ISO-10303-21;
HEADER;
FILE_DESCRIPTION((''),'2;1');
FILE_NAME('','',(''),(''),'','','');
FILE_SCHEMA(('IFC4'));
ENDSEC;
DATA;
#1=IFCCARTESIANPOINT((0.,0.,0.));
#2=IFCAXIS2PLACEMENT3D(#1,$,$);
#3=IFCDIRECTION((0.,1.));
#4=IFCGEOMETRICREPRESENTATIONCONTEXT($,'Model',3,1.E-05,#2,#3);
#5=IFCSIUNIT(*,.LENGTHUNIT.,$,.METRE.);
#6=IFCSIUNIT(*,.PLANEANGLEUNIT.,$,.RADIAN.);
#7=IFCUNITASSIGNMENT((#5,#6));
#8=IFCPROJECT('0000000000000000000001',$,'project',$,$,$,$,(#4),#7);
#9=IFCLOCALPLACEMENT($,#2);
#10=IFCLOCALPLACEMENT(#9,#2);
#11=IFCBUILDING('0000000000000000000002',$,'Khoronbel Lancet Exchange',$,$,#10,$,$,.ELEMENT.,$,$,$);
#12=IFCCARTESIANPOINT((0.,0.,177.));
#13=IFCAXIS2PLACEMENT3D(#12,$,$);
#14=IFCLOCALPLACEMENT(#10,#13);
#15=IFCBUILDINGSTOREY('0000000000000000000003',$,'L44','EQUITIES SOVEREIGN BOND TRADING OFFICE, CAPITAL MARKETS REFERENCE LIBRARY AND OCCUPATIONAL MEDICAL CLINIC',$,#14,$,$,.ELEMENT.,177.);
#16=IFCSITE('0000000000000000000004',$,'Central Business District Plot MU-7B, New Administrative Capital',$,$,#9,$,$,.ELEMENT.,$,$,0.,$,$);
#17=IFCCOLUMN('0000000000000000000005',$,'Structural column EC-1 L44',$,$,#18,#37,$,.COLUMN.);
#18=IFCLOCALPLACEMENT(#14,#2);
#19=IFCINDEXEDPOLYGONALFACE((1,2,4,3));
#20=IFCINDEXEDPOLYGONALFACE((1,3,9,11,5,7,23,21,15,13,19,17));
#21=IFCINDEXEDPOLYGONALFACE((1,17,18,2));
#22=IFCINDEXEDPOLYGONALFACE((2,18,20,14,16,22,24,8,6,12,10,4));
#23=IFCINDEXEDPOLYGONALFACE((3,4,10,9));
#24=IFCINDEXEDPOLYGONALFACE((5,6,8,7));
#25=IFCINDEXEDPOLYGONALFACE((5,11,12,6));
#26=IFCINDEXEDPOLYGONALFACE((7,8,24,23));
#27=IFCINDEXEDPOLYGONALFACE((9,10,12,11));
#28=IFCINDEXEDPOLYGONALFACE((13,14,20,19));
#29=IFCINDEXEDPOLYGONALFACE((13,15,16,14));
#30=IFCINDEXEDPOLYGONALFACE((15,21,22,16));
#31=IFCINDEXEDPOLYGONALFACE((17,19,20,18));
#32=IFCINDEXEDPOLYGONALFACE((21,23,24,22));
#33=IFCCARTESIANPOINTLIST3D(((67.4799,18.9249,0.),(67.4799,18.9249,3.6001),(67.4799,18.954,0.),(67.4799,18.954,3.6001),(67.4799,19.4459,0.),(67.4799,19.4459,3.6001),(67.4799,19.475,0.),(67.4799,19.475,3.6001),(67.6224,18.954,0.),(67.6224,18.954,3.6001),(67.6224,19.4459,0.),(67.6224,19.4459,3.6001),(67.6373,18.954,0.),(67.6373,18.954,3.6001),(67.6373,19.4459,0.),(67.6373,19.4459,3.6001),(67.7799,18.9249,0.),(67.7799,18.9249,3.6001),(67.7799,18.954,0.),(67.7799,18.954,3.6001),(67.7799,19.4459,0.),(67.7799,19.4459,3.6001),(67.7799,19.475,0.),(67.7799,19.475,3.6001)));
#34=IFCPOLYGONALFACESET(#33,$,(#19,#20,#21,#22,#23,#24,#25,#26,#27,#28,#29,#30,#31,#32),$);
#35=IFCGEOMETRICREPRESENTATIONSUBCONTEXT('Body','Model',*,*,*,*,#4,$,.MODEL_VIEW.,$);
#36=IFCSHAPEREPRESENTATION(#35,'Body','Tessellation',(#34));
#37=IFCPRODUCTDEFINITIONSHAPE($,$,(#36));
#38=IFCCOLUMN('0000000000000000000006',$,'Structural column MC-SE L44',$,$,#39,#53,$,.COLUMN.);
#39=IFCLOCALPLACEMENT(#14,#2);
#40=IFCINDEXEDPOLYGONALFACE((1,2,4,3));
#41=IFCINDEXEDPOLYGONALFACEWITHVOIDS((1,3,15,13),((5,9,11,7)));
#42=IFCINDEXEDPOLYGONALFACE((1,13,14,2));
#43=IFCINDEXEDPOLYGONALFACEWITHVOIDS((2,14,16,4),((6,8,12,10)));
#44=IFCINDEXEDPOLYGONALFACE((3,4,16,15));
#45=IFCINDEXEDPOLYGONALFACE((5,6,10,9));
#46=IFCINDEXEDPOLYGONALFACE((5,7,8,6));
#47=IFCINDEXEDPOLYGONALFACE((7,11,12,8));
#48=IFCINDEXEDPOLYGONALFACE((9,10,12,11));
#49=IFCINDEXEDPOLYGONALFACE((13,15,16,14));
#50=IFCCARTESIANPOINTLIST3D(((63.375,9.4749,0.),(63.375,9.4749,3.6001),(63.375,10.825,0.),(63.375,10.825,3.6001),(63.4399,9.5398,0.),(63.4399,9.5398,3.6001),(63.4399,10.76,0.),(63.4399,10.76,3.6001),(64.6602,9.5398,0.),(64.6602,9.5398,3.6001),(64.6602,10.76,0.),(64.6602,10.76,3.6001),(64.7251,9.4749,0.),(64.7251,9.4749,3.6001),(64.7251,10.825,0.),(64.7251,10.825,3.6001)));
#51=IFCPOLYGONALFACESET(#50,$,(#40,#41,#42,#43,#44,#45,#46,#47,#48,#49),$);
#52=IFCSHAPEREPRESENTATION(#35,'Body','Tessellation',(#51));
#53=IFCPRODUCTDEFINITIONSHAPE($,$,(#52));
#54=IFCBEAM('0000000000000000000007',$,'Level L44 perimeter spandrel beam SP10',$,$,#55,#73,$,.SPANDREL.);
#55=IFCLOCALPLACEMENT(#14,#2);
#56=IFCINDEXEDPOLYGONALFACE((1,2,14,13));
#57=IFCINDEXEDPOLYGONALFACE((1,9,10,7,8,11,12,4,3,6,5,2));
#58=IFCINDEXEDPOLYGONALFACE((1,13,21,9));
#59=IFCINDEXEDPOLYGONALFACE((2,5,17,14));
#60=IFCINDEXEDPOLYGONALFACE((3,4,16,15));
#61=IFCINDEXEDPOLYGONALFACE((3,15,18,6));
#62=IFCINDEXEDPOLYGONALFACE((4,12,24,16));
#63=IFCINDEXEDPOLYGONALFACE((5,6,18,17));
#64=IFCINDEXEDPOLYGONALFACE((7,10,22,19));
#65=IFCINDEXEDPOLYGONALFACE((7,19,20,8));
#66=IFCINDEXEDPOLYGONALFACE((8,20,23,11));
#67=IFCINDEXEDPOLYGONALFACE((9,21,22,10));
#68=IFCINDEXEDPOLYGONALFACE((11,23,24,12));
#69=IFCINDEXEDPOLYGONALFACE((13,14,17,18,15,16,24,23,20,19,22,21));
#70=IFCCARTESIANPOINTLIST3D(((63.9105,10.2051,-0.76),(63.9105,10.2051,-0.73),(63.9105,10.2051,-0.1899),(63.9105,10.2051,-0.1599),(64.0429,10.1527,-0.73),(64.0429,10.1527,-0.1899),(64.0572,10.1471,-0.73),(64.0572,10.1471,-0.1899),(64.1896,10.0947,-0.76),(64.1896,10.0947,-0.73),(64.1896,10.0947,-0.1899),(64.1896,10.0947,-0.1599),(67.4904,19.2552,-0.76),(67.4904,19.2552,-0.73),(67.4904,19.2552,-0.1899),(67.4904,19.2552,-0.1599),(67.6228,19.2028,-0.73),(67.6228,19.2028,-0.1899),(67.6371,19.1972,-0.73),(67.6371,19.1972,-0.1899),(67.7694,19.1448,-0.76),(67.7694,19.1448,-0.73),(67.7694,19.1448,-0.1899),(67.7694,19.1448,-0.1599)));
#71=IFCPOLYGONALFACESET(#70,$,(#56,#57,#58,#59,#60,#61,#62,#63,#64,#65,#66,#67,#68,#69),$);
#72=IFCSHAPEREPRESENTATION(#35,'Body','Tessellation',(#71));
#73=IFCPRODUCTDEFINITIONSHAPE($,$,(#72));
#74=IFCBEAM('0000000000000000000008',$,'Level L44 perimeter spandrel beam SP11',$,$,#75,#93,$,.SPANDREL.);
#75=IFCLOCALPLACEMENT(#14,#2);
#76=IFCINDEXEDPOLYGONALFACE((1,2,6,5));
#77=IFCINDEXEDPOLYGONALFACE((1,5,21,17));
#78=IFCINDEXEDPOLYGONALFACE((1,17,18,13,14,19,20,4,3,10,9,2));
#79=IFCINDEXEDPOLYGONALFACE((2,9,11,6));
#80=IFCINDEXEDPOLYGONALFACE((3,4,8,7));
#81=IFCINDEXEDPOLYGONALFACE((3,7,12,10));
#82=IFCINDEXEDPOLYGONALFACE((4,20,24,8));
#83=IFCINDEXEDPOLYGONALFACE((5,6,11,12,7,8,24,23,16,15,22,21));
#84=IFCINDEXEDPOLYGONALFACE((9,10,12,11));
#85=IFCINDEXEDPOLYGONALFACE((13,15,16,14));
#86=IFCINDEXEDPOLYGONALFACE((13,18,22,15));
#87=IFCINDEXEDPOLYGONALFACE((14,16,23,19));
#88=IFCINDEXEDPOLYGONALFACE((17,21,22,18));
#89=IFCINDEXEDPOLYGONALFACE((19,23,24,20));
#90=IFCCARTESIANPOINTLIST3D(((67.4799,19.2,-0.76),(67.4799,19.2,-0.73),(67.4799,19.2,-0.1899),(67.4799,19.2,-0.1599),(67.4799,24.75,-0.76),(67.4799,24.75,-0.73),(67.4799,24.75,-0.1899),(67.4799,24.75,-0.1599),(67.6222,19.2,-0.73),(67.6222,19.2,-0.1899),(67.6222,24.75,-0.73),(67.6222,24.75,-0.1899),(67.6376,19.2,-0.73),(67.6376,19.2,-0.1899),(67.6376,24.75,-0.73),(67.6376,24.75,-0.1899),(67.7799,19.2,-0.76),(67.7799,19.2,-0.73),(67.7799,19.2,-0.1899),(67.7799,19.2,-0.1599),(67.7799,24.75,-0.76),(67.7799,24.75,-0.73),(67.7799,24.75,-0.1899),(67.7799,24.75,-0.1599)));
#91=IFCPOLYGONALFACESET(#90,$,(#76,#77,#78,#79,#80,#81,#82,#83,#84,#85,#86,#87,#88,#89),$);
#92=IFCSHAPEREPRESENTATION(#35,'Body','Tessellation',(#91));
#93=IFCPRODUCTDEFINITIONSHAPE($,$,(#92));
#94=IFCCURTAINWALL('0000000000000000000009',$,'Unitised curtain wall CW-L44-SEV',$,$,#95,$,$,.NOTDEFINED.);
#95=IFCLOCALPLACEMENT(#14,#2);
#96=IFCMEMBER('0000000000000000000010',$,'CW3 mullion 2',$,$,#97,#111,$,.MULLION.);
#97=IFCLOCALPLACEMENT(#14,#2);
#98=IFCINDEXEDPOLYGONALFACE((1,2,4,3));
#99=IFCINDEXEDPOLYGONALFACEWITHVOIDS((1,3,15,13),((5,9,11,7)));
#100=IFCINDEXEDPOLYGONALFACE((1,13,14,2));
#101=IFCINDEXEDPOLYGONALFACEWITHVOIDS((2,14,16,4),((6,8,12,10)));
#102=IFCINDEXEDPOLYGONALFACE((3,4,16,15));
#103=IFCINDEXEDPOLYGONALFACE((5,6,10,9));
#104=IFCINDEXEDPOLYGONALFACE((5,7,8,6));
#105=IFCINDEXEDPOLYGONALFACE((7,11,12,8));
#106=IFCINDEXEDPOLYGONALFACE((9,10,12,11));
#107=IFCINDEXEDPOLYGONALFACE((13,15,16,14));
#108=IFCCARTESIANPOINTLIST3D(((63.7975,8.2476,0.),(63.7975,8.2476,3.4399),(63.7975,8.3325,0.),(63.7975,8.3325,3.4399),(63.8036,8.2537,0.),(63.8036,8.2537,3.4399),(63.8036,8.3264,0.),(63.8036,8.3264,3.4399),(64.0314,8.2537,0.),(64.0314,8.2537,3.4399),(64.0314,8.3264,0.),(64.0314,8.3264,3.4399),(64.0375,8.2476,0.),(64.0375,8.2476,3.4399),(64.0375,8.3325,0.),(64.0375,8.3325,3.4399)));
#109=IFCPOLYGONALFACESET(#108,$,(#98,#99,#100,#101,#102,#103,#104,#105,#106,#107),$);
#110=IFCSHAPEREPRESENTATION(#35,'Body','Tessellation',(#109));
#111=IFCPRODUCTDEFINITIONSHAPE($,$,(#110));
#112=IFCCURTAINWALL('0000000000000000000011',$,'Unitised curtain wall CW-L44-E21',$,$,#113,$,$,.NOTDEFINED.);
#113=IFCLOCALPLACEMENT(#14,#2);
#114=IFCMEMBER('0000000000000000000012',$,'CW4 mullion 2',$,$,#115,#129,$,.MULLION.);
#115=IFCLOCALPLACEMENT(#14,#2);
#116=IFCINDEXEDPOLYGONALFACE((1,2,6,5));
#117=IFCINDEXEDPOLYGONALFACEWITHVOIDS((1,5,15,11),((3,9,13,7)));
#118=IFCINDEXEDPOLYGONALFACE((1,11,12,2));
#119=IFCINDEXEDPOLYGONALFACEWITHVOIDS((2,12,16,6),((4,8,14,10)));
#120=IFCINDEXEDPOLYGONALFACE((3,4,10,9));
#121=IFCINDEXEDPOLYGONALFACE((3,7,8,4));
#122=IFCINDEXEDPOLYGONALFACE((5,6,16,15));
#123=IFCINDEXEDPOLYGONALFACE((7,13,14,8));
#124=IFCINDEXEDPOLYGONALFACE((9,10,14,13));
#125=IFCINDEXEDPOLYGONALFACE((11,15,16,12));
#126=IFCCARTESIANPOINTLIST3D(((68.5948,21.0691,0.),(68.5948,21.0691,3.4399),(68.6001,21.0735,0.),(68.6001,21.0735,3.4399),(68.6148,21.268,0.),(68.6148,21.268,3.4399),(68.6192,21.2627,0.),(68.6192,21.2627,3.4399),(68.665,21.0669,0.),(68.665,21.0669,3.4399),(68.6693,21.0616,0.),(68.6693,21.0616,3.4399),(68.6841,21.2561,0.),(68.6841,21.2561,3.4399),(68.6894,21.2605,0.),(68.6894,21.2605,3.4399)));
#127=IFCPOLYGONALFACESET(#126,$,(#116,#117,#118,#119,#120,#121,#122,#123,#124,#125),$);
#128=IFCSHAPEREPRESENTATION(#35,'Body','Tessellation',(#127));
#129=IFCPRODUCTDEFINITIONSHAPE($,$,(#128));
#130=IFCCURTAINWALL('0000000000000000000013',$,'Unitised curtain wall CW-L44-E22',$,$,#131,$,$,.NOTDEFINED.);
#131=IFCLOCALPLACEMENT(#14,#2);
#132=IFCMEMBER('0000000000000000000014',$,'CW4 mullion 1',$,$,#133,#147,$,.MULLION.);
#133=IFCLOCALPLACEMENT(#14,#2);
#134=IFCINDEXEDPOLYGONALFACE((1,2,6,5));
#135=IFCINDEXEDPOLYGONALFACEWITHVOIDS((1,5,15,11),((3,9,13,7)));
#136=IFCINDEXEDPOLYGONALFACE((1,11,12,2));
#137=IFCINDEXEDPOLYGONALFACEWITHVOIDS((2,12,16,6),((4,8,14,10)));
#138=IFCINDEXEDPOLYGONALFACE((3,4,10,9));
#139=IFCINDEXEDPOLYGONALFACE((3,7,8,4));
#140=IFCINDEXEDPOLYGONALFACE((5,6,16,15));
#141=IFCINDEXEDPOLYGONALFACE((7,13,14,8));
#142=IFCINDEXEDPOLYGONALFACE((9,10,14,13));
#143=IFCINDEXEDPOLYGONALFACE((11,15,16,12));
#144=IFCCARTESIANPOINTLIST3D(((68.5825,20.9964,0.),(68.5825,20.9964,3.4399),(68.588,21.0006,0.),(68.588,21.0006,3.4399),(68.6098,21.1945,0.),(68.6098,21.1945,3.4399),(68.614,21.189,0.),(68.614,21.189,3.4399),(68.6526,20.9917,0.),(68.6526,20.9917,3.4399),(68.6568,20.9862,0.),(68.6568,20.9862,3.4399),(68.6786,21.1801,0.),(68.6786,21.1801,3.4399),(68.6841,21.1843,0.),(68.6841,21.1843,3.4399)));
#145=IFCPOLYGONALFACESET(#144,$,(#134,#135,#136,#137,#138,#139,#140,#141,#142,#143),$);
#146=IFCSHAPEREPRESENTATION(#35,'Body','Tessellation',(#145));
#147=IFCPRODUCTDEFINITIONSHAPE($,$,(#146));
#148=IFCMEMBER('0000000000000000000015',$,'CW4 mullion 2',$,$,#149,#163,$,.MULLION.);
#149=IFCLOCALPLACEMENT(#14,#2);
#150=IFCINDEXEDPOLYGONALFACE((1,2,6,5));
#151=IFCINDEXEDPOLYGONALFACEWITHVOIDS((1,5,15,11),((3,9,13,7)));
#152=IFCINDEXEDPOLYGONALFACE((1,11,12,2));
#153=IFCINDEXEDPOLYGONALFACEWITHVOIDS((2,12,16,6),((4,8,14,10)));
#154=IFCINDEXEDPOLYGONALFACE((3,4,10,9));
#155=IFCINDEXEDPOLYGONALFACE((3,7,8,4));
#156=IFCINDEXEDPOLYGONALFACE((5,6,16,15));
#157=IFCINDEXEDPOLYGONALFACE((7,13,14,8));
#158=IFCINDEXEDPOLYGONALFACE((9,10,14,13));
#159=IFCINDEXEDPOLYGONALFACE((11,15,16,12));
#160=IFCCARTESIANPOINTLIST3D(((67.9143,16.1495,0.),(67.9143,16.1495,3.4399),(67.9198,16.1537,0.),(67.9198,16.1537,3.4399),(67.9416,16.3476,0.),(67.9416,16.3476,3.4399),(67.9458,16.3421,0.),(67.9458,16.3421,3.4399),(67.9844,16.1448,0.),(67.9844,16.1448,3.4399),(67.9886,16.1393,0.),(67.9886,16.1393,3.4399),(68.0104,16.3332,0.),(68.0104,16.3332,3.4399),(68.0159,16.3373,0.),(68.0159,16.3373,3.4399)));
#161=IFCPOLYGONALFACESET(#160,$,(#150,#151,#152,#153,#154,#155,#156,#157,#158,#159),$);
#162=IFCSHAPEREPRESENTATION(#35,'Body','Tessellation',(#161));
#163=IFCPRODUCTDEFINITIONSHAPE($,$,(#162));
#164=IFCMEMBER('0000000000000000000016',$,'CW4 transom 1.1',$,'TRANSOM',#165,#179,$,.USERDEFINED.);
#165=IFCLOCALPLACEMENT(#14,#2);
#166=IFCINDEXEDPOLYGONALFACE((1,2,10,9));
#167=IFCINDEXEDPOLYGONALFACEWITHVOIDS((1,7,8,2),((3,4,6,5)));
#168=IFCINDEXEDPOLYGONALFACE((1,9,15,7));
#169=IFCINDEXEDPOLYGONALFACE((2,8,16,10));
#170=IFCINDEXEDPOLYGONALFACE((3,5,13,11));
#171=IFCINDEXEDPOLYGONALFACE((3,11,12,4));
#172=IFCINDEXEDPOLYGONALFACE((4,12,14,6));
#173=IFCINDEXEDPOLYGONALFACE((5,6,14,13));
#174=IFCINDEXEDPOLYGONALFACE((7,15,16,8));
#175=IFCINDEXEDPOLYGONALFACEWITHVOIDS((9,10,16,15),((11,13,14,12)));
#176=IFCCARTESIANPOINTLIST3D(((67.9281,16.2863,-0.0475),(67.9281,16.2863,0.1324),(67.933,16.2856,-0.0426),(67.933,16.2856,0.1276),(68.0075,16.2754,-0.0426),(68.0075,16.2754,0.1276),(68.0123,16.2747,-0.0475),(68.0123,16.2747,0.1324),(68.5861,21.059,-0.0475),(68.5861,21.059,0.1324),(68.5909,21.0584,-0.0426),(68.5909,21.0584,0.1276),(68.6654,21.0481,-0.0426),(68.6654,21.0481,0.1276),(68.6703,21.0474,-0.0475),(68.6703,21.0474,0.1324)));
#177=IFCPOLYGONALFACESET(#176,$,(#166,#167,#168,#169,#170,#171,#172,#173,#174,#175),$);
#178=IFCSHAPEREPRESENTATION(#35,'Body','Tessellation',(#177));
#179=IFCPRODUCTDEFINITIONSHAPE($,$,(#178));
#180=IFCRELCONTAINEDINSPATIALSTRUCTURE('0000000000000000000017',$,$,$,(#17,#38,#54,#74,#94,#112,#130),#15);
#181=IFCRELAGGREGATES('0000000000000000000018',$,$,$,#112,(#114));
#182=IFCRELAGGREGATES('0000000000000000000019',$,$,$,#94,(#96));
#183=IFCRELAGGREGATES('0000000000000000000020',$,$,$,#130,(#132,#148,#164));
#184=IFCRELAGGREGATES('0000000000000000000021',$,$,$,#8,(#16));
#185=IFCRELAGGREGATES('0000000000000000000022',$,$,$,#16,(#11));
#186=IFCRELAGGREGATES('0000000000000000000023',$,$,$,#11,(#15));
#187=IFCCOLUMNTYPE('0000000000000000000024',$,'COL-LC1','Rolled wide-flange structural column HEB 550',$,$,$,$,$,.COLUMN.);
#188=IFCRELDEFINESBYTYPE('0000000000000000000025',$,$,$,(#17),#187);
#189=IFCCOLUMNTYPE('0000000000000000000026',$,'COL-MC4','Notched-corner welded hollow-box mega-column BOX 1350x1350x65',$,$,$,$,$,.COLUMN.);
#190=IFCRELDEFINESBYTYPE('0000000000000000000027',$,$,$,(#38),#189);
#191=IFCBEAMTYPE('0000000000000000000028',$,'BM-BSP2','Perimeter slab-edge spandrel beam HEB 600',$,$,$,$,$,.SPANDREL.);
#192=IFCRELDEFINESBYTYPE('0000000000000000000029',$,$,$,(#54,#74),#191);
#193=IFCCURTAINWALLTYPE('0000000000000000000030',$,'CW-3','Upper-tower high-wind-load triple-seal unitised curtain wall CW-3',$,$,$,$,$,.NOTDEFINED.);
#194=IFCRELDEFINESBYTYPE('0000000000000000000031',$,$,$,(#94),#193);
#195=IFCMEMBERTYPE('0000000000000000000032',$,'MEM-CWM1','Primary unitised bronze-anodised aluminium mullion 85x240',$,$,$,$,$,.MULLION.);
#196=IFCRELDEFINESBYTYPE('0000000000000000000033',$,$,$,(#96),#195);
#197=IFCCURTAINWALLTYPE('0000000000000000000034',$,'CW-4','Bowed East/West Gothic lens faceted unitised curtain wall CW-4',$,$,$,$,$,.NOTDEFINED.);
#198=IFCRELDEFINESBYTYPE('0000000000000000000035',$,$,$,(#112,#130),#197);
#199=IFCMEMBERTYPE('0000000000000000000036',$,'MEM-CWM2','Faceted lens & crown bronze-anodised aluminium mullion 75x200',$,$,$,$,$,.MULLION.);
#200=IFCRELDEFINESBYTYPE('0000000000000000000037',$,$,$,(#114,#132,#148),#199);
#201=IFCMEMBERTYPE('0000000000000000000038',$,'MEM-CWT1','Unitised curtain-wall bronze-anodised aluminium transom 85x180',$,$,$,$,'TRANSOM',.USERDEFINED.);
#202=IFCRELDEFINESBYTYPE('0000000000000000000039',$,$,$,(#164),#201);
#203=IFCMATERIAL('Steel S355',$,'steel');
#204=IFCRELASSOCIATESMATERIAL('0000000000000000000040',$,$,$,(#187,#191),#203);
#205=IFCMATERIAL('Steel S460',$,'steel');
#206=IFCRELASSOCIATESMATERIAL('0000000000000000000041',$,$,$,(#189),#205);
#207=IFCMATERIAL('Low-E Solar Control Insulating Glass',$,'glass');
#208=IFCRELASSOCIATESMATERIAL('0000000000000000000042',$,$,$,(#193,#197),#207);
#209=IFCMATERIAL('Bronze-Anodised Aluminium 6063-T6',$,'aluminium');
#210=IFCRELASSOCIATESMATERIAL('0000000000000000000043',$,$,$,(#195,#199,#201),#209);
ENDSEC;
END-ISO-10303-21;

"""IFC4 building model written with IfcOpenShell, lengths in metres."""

from ifc_helpers import new_model, si_unit, direction, frame, origin, origin_2d, place, context, subcontext, project, spatial, hollow_rectangle, i_section, extrude, material, material_profile, profile_set, type_object, element, aggregate, save


model = new_model("IFC4")

# Units and contexts
model_context = context("Model", 3, precision=1e-05, world=origin(), true_north=direction((0.0, 1.0)))
body_context = subcontext(model_context, "Body", "Model", "MODEL_VIEW")
ifc_project = project(units=[si_unit("LENGTHUNIT", "METRE"), si_unit("PLANEANGLEUNIT", "RADIAN")], contexts=[model_context])

# Site, building, storey
site_placement = place(None, origin())
site = spatial("IfcSite", under=ifc_project, at=site_placement, Name="Central Business District Plot MU-7B, New Administrative Capital", CompositionType="ELEMENT", RefElevation=0.0)
building_placement = place(site_placement, origin())
building = spatial("IfcBuilding", under=site, at=building_placement, Name="Khoronbel Lancet Exchange", CompositionType="ELEMENT")
storey_placement = place(building_placement, frame((0.0, 0.0, 177.0)))
storey = spatial("IfcBuildingStorey", under=building, at=storey_placement, Name="L44", Description="EQUITIES SOVEREIGN BOND TRADING OFFICE, CAPITAL MARKETS REFERENCE LIBRARY AND OCCUPATIONAL MEDICAL CLINIC", CompositionType="ELEMENT", Elevation=177.0)

# Columns
ifc_material_1 = material(Name="Steel S355", Category="steel")
ifc_material_profile_1 = material_profile(ifc_material_1, i_section(OverallWidth=0.3, OverallDepth=0.55, WebThickness=0.0149, FlangeThickness=0.0291, at=origin_2d()), Name="HEB 550")
ifc_profile_set_1 = profile_set([ifc_material_profile_1], Name="Steel S355")
column_type_1 = type_object("IfcColumnType", Name="COL-LC1", Description="Rolled wide-flange structural column HEB 550", PredefinedType="COLUMN", material=ifc_profile_set_1)
column_1_placement = place(storey_placement, frame((67.6299, 19.2, 0.0), z_axis=(0.0, 0.0, 1.0), x_axis=(1.0, 0.0, 0.0)))
element("IfcColumn", 1, at=column_1_placement, inside=storey, type_object=column_type_1, Name="Structural column EC-1 L44", PredefinedType="COLUMN", context=body_context, shape_type="SweptSolid", body=[
    extrude(i_section(OverallWidth=0.3, OverallDepth=0.55, WebThickness=0.0149, FlangeThickness=0.0291, at=origin_2d()), origin(), (0.0, 0.0, 1.0), 3.6001),
])
ifc_material_2 = material(Name="Steel S460", Category="steel")
ifc_material_profile_2 = material_profile(ifc_material_2, hollow_rectangle(XDim=1.3501, YDim=1.3501, WallThickness=0.0649, at=origin_2d()), Name="BOX 1350x1350x65")
ifc_profile_set_2 = profile_set([ifc_material_profile_2], Name="Steel S460")
column_type_2 = type_object("IfcColumnType", Name="COL-MC4", Description="Notched-corner welded hollow-box mega-column BOX 1350x1350x65", PredefinedType="COLUMN", material=ifc_profile_set_2)
column_2_placement = place(storey_placement, frame((64.05, 10.1499, 0.0), z_axis=(0.0, 0.0, 1.0), x_axis=(1.0, 0.0, 0.0)))
element("IfcColumn", 2, at=column_2_placement, inside=storey, type_object=column_type_2, Name="Structural column MC-SE L44", PredefinedType="COLUMN", context=body_context, shape_type="SweptSolid", body=[
    extrude(hollow_rectangle(XDim=1.3501, YDim=1.3501, WallThickness=0.0649, at=origin_2d()), origin(), (0.0, 0.0, 1.0), 3.6001),
])

# Beams
ifc_material_profile_3 = material_profile(ifc_material_1, i_section(OverallWidth=0.3, OverallDepth=0.6001, WebThickness=0.0154, FlangeThickness=0.03, at=origin_2d()), Name="HEB 600")
ifc_profile_set_3 = profile_set([ifc_material_profile_3], Name="Steel S355")
beam_type = type_object("IfcBeamType", Name="BM-BSP2", Description="Perimeter slab-edge spandrel beam HEB 600", PredefinedType="SPANDREL", material=ifc_profile_set_3)
beam_1_placement = place(storey_placement, frame((64.05, 10.1499, -0.46), z_axis=(0.367828, 0.929894, 0.0), x_axis=(-0.929894, 0.367828, 0.0)))
element("IfcBeam", 3, at=beam_1_placement, inside=storey, type_object=beam_type, Name="Level L44 perimeter spandrel beam SP10", PredefinedType="SPANDREL", context=body_context, shape_type="SweptSolid", body=[
    extrude(i_section(OverallWidth=0.3, OverallDepth=0.6001, WebThickness=0.0154, FlangeThickness=0.03, at=origin_2d()), origin(), (0.0, 0.0, 1.0), 9.7324),
])
beam_2_placement = place(storey_placement, frame((67.6299, 19.2, -0.46), z_axis=(0.0, 1.0, 0.0), x_axis=(-1.0, 0.0, 0.0)))
element("IfcBeam", 4, at=beam_2_placement, inside=storey, type_object=beam_type, Name="Level L44 perimeter spandrel beam SP11", PredefinedType="SPANDREL", context=body_context, shape_type="SweptSolid", body=[
    extrude(i_section(OverallWidth=0.3, OverallDepth=0.6001, WebThickness=0.0154, FlangeThickness=0.03, at=origin_2d()), origin(), (0.0, 0.0, 1.0), 5.55),
])

# Curtain walls, members
ifc_material_3 = material(Name="Low-E Solar Control Insulating Glass", Category="glass")
curtain_wall_type_1 = type_object("IfcCurtainWallType", Name="CW-3", Description="Upper-tower high-wind-load triple-seal unitised curtain wall CW-3", PredefinedType="NOTDEFINED", material=ifc_material_3)
curtain_wall_1_placement = place(storey_placement, origin())
curtain_wall_1 = element("IfcCurtainWall", 5, at=curtain_wall_1_placement, inside=storey, type_object=curtain_wall_type_1, Name="Unitised curtain wall CW-L44-SEV", PredefinedType="NOTDEFINED")
ifc_material_4 = material(Name="Bronze-Anodised Aluminium 6063-T6", Category="aluminium")
ifc_material_profile_4 = material_profile(ifc_material_4, hollow_rectangle(XDim=0.085, YDim=0.24, WallThickness=0.0061, at=origin_2d()), Name="ALU MULLION 85x240")
ifc_profile_set_4 = profile_set([ifc_material_profile_4], Name="Bronze-Anodised Aluminium 6063-T6")
member_type_1 = type_object("IfcMemberType", Name="MEM-CWM1", Description="Primary unitised bronze-anodised aluminium mullion 85x240", PredefinedType="MULLION", material=ifc_profile_set_4)
member_1_placement = place(storey_placement, frame((63.9175, 8.29, 0.0), z_axis=(0.0, 0.0, 1.0), x_axis=(0.0, 1.0, 0.0)))
member_1 = element("IfcMember", 6, at=member_1_placement, type_object=member_type_1, Name="CW3 mullion 2", PredefinedType="MULLION", context=body_context, shape_type="SweptSolid", body=[
    extrude(hollow_rectangle(XDim=0.085, YDim=0.24, WallThickness=0.0061, at=origin_2d()), origin(), (0.0, 0.0, 1.0), 3.4399),
])
curtain_wall_type_2 = type_object("IfcCurtainWallType", Name="CW-4", Description="Bowed East/West Gothic lens faceted unitised curtain wall CW-4", PredefinedType="NOTDEFINED", material=ifc_material_3)
curtain_wall_2_placement = place(storey_placement, origin())
curtain_wall_2 = element("IfcCurtainWall", 7, at=curtain_wall_2_placement, inside=storey, type_object=curtain_wall_type_2, Name="Unitised curtain wall CW-L44-E21", PredefinedType="NOTDEFINED")
ifc_material_profile_5 = material_profile(ifc_material_4, hollow_rectangle(XDim=0.075, YDim=0.2, WallThickness=0.0049, at=origin_2d()), Name="ALU MULLION 75x200")
ifc_profile_set_5 = profile_set([ifc_material_profile_5], Name="Bronze-Anodised Aluminium 6063-T6")
member_type_2 = type_object("IfcMemberType", Name="MEM-CWM2", Description="Faceted lens & crown bronze-anodised aluminium mullion 75x200", PredefinedType="MULLION", material=ifc_profile_set_5)
member_2_placement = place(storey_placement, frame((68.6421, 21.1648, 0.0), z_axis=(0.0, 0.0, 1.0), x_axis=(0.994947, -0.100404, 0.0)))
member_2 = element("IfcMember", 8, at=member_2_placement, type_object=member_type_2, Name="CW4 mullion 2", PredefinedType="MULLION", context=body_context, shape_type="SweptSolid", body=[
    extrude(hollow_rectangle(XDim=0.075, YDim=0.2, WallThickness=0.0049, at=origin_2d()), origin(), (0.0, 0.0, 1.0), 3.4399),
])
aggregate(curtain_wall_2, [member_2])

# Curtain wall, members
curtain_wall_3_placement = place(storey_placement, origin())
curtain_wall_3 = element("IfcCurtainWall", 9, at=curtain_wall_3_placement, inside=storey, type_object=curtain_wall_type_2, Name="Unitised curtain wall CW-L44-E22", PredefinedType="NOTDEFINED")
member_3_placement = place(storey_placement, frame((68.6333, 21.0903, 0.0), z_axis=(0.0, 0.0, 1.0), x_axis=(0.990634, -0.136541, 0.0)))
member_3 = element("IfcMember", 10, at=member_3_placement, type_object=member_type_2, Name="CW4 mullion 1", PredefinedType="MULLION", context=body_context, shape_type="SweptSolid", body=[
    extrude(hollow_rectangle(XDim=0.075, YDim=0.2, WallThickness=0.0049, at=origin_2d()), origin(), (0.0, 0.0, 1.0), 3.4399),
])
member_4_placement = place(storey_placement, frame((67.9651, 16.2434, 0.0), z_axis=(0.0, 0.0, 1.0), x_axis=(0.990634, -0.136541, 0.0)))
member_4 = element("IfcMember", 11, at=member_4_placement, type_object=member_type_2, Name="CW4 mullion 2", PredefinedType="MULLION", context=body_context, shape_type="SweptSolid", body=[
    extrude(hollow_rectangle(XDim=0.075, YDim=0.2, WallThickness=0.0049, at=origin_2d()), origin(), (0.0, 0.0, 1.0), 3.4399),
])
ifc_material_profile_6 = material_profile(ifc_material_4, hollow_rectangle(XDim=0.085, YDim=0.1799, WallThickness=0.0049, at=origin_2d()), Name="ALU TRANSOM 85x180")
ifc_profile_set_6 = profile_set([ifc_material_profile_6], Name="Bronze-Anodised Aluminium 6063-T6")
member_type_3 = type_object("IfcMemberType", Name="MEM-CWT1", Description="Unitised curtain-wall bronze-anodised aluminium transom 85x180", ElementType="TRANSOM", PredefinedType="USERDEFINED", material=ifc_profile_set_6)
member_5_placement = place(storey_placement, frame((68.6282, 21.0532, 0.0425), z_axis=(-0.136567, -0.990631, 0.0), x_axis=(0.990631, -0.136567, 0.0)))
member_5 = element("IfcMember", 12, at=member_5_placement, type_object=member_type_3, Name="CW4 transom 1.1", ObjectType="TRANSOM", PredefinedType="USERDEFINED", context=body_context, shape_type="SweptSolid", body=[
    extrude(hollow_rectangle(XDim=0.085, YDim=0.1799, WallThickness=0.0049, at=origin_2d()), origin(), (0.0, 0.0, 1.0), 4.8179),
])

aggregate(curtain_wall_1, [member_1])
aggregate(curtain_wall_3, [member_3, member_4, member_5])

save(model, "model.ifc")
